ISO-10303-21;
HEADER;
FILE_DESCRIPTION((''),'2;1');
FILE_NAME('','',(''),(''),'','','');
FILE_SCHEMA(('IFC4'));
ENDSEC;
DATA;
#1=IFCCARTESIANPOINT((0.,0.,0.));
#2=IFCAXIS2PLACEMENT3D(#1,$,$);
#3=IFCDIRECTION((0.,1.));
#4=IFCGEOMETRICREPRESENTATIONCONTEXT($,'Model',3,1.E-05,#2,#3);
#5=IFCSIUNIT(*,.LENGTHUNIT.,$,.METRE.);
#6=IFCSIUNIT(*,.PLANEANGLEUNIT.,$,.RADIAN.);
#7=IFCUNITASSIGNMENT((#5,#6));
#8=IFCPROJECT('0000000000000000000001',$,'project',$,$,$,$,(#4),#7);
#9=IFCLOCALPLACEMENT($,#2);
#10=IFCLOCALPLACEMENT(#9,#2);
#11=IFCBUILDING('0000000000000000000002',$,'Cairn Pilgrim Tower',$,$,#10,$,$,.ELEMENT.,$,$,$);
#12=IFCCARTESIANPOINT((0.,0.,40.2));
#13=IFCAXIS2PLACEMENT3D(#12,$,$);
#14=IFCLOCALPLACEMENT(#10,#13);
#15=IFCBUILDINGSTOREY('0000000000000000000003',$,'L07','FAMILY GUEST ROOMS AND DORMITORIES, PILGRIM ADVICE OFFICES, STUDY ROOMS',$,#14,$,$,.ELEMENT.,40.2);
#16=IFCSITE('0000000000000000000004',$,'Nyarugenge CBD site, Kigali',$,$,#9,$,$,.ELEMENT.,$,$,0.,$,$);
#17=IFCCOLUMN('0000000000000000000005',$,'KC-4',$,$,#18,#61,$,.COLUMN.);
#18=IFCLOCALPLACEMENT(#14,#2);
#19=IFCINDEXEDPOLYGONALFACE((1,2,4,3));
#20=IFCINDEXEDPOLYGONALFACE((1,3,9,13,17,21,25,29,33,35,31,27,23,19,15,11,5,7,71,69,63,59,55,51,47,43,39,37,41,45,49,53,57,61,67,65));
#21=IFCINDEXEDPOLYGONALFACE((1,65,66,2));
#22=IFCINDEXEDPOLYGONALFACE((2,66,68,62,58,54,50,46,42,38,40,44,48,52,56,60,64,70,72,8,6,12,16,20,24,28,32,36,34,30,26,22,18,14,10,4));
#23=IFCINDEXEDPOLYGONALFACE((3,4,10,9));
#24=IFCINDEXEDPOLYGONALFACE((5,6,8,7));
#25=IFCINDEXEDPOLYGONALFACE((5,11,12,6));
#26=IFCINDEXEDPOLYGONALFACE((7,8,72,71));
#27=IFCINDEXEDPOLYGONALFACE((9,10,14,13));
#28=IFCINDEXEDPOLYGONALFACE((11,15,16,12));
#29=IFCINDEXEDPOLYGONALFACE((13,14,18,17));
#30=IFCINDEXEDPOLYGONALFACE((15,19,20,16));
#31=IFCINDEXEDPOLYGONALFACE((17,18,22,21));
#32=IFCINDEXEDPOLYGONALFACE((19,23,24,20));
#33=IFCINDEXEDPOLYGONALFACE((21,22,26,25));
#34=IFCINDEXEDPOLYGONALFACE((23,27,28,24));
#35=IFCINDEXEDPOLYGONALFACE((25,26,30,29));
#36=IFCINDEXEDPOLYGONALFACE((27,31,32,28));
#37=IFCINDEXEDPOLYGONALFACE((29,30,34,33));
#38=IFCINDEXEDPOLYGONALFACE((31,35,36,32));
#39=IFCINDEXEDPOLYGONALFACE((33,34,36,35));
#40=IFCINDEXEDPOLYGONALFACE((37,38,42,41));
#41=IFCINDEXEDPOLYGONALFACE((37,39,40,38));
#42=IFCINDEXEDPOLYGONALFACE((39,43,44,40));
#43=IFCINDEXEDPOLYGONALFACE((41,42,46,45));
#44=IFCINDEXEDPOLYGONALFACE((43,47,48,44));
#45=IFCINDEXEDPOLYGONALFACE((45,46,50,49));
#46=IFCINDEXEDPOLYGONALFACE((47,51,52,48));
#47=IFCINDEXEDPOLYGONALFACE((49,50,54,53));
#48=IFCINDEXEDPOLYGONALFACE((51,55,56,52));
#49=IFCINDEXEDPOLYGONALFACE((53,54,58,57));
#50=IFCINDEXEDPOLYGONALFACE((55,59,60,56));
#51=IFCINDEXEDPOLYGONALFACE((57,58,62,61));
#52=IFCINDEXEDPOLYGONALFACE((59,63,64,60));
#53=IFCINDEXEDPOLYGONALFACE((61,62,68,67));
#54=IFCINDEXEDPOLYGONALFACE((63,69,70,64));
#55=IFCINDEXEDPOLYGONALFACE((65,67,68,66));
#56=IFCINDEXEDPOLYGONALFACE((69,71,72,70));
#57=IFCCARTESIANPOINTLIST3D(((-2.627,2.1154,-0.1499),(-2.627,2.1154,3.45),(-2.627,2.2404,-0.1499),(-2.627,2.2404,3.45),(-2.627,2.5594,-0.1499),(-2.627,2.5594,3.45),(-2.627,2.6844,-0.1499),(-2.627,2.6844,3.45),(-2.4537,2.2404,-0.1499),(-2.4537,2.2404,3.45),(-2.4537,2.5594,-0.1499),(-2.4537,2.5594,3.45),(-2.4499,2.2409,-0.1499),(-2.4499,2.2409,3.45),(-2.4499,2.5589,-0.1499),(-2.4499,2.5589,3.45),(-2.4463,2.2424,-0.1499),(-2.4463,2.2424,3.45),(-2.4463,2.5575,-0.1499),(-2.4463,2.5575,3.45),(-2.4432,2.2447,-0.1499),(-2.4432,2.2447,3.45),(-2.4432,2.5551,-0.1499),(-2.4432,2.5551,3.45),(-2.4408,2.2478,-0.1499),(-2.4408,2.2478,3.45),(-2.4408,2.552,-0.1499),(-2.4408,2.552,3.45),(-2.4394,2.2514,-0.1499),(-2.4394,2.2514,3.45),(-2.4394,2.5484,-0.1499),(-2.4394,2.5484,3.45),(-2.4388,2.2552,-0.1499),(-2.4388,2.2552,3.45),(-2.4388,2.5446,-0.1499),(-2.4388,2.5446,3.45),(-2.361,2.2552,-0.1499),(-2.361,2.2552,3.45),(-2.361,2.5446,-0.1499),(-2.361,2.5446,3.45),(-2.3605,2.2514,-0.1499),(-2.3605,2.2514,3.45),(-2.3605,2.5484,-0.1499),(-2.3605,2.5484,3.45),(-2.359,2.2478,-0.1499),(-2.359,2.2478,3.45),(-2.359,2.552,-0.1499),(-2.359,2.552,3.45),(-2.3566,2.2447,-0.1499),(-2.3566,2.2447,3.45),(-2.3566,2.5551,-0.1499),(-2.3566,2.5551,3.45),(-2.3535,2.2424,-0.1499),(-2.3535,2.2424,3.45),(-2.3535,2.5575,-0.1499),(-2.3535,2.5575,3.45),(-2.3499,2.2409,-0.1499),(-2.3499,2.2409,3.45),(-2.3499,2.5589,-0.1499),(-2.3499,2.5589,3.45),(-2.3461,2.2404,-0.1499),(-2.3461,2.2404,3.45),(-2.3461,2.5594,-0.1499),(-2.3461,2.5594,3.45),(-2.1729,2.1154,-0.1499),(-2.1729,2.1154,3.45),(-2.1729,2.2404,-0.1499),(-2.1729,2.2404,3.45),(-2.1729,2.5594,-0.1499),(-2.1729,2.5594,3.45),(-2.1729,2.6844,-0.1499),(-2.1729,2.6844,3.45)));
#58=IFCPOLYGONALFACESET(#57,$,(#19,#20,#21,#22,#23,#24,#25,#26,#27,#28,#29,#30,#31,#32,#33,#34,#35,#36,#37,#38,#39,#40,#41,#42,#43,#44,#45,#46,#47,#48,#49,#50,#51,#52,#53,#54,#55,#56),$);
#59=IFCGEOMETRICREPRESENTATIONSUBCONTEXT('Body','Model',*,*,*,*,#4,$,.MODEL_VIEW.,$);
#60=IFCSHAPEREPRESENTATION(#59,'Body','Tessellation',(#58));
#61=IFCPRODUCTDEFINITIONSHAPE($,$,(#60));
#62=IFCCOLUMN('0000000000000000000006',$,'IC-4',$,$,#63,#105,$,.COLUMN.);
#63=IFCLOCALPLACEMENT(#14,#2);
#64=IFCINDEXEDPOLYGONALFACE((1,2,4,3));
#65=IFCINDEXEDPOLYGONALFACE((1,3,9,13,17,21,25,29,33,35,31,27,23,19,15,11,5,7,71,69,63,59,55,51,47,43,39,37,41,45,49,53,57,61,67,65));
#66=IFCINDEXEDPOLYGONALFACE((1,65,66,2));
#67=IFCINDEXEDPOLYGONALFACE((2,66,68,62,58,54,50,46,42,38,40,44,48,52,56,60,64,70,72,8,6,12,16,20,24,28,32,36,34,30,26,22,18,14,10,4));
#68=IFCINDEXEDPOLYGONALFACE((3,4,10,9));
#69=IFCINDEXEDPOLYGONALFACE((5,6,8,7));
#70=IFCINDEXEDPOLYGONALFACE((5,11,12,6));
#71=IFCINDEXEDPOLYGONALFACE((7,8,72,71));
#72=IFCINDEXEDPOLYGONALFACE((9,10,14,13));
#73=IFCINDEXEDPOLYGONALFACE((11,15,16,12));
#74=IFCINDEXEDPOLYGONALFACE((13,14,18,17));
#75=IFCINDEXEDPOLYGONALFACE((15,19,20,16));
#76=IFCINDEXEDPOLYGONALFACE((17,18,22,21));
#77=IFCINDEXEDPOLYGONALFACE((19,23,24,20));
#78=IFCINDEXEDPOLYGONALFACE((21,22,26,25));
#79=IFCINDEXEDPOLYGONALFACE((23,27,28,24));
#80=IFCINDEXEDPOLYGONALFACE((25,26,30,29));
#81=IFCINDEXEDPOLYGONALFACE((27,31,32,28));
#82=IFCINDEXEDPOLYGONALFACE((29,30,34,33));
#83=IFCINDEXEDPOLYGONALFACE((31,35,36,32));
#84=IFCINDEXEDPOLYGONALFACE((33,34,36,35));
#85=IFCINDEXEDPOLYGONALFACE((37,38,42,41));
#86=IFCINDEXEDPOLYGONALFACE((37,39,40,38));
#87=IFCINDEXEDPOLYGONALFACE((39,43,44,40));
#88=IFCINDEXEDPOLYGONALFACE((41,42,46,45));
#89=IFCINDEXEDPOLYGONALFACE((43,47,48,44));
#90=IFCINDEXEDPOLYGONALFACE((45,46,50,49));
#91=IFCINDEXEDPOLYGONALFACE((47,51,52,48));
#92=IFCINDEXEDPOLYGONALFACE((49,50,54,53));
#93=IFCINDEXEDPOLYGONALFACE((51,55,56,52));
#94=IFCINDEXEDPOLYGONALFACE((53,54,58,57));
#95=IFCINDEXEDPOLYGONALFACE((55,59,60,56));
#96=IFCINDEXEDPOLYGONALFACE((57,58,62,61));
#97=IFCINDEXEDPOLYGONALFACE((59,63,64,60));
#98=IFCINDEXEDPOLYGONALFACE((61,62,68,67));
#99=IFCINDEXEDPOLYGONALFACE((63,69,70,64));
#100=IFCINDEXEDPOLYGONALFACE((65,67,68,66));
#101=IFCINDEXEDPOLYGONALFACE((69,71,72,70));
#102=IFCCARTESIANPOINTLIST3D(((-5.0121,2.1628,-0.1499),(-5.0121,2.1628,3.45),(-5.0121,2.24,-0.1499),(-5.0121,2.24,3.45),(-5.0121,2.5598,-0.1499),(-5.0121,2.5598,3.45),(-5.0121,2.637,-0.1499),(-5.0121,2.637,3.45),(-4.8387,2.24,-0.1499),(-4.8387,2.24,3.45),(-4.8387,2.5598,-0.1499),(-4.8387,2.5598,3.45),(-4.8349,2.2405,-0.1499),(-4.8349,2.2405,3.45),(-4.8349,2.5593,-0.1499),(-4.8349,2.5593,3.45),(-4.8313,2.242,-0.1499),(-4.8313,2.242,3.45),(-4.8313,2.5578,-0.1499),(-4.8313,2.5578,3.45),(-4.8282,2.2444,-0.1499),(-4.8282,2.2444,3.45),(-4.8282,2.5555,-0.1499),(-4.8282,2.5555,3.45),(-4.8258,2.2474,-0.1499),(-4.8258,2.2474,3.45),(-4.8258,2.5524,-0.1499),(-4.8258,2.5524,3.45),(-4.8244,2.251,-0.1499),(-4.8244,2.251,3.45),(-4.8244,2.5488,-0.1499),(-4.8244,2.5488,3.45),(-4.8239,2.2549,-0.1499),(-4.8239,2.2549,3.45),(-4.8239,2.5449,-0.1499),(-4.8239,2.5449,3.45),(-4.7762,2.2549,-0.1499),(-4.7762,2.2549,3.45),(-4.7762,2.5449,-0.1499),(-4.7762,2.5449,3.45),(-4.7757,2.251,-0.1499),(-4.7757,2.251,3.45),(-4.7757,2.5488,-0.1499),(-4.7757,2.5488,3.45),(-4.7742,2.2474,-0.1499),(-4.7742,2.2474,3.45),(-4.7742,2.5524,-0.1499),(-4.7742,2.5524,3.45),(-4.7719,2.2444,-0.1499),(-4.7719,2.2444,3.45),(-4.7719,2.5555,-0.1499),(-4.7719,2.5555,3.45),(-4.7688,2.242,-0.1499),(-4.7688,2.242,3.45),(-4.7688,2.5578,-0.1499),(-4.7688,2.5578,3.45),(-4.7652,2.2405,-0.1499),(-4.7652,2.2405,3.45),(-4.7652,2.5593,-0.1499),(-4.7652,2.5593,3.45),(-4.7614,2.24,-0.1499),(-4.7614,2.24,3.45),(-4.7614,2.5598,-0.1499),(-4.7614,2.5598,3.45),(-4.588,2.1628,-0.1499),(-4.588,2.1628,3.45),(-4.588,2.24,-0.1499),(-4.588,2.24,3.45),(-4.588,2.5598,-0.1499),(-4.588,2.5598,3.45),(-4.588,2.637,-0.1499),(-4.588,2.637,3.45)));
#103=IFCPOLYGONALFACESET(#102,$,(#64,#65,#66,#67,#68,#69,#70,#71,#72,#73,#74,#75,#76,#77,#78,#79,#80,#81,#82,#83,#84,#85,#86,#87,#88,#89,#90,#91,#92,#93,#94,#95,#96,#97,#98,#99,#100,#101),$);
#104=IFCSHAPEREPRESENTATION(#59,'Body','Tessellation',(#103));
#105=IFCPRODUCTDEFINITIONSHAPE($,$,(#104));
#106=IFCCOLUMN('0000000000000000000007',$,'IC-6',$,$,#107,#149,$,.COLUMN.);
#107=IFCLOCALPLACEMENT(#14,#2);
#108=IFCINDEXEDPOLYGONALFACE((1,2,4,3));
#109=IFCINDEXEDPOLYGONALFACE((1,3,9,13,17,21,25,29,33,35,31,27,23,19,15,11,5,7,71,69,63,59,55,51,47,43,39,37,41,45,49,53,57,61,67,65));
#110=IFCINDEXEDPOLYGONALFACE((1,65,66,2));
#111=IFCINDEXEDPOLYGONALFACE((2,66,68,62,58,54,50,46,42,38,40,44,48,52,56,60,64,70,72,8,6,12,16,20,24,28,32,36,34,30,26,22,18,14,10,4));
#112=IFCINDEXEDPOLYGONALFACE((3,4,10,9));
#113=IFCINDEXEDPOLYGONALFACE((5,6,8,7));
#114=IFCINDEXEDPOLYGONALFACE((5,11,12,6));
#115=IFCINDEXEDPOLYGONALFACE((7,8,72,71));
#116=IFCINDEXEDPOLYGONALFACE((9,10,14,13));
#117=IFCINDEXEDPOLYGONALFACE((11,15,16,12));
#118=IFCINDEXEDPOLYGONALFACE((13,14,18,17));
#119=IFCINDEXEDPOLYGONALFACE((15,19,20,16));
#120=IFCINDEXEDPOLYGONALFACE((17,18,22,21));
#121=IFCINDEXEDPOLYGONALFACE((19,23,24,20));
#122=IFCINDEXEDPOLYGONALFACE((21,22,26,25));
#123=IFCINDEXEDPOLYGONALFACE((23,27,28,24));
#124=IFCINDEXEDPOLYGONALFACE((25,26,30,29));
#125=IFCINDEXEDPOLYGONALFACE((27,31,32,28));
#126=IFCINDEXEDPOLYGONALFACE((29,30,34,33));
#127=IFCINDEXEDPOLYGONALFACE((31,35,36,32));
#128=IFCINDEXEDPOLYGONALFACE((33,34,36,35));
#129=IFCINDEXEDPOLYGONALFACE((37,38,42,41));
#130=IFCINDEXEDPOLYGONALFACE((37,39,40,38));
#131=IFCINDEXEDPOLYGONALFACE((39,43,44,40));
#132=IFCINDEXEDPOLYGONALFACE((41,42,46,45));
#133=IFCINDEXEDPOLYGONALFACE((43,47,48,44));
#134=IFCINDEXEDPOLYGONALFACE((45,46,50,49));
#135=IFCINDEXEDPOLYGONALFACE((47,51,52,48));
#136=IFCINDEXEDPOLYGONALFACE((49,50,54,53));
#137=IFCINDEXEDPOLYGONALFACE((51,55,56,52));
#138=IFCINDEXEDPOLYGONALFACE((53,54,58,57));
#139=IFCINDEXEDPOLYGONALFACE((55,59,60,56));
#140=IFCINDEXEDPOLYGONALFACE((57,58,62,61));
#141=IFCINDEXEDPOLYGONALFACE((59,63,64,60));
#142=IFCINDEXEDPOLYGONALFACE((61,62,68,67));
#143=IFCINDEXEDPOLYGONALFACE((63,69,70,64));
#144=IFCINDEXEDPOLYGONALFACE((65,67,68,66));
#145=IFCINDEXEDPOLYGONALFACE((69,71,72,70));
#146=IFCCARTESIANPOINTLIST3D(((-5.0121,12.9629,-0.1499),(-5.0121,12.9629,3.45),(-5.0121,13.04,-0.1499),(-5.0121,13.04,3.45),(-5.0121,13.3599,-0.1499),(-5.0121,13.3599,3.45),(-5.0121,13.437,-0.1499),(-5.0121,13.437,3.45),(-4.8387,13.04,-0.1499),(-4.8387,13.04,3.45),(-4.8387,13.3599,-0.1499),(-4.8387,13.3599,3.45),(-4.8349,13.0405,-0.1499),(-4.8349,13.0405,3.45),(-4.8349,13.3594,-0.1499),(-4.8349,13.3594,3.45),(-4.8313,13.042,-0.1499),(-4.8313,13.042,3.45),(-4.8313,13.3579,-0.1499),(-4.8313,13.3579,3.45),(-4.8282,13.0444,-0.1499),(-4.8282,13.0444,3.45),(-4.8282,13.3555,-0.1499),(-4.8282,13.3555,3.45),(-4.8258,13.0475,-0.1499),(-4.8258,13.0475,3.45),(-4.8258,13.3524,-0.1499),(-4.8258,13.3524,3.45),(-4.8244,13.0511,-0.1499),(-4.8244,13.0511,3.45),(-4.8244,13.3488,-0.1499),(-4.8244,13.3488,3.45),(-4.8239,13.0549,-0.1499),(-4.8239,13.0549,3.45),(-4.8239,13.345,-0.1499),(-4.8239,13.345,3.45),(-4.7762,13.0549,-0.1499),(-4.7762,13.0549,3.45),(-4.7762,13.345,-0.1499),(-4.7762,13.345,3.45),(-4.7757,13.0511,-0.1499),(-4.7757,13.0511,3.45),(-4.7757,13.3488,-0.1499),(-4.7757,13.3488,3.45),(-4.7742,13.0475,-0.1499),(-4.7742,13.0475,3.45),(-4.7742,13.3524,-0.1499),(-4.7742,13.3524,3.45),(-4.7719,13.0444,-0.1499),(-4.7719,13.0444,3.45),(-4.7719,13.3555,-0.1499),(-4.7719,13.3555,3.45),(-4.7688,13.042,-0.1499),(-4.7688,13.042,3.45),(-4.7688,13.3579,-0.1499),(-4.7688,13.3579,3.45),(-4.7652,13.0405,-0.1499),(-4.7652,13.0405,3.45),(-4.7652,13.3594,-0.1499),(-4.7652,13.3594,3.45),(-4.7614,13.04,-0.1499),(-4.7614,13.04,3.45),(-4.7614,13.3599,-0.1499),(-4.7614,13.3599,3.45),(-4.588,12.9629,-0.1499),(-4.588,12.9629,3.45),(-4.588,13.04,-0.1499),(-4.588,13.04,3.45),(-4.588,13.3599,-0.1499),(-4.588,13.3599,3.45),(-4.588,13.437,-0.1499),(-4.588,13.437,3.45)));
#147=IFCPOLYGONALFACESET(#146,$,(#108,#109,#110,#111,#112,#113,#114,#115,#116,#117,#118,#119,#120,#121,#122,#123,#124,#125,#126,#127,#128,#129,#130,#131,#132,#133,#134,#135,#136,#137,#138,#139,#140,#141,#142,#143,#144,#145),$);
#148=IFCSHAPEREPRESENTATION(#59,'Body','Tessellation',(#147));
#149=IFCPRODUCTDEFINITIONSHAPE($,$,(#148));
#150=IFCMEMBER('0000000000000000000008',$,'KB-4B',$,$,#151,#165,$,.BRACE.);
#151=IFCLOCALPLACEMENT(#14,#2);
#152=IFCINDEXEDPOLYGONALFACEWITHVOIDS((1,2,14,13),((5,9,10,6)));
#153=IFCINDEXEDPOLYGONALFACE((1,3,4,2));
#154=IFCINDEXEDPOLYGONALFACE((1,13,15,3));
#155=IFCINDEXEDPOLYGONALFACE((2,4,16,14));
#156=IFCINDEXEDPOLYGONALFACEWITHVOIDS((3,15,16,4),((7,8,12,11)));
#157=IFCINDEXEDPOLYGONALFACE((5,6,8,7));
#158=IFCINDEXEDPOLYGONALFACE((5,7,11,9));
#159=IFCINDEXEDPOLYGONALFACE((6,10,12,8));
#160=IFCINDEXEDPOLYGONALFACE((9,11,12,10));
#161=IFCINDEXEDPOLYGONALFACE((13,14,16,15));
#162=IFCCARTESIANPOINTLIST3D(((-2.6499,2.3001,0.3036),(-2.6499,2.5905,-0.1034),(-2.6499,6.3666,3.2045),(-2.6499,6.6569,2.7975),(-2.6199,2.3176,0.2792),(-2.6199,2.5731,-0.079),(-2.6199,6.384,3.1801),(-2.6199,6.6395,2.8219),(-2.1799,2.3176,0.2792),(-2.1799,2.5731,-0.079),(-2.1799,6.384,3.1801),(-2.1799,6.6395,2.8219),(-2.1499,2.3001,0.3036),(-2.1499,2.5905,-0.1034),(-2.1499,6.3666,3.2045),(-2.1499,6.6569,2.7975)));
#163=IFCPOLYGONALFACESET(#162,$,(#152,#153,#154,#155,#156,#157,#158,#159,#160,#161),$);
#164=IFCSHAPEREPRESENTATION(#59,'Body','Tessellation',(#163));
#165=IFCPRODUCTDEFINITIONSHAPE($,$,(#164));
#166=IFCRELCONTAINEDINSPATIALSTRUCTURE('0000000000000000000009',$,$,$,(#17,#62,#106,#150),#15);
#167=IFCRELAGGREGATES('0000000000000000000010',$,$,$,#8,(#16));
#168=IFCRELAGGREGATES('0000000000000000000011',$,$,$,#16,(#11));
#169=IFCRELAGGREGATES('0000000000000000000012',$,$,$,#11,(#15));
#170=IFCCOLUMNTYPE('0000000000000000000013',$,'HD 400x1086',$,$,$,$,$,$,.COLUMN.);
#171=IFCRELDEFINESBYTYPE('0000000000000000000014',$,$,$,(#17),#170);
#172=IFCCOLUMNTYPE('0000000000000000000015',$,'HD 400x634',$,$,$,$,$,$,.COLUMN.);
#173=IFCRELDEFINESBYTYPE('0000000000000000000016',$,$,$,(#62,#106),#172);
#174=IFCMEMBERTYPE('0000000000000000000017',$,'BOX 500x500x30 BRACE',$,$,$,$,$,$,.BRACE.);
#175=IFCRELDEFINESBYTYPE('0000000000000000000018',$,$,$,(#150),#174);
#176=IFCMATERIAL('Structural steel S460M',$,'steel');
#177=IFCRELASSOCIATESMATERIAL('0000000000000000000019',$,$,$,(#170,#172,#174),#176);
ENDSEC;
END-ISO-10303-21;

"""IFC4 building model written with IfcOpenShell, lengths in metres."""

from ifc_helpers import new_model, si_unit, direction, frame, origin, origin_2d, place, context, subcontext, project, spatial, hollow_rectangle, i_section, extrude, material, material_profile, profile_set, type_object, element, save


model = new_model("IFC4")

# Units and contexts
model_context = context("Model", 3, precision=1e-05, world=origin(), true_north=direction((0.0, 1.0)))
body_context = subcontext(model_context, "Body", "Model", "MODEL_VIEW")
ifc_project = project(units=[si_unit("LENGTHUNIT", "METRE"), si_unit("PLANEANGLEUNIT", "RADIAN")], contexts=[model_context])

# Site, building, storey
site_placement = place(None, origin())
site = spatial("IfcSite", under=ifc_project, at=site_placement, Name="Nyarugenge CBD site, Kigali", CompositionType="ELEMENT", RefElevation=0.0)
building_placement = place(site_placement, origin())
building = spatial("IfcBuilding", under=site, at=building_placement, Name="Cairn Pilgrim Tower", CompositionType="ELEMENT")
storey_placement = place(building_placement, frame((0.0, 0.0, 40.2)))
storey = spatial("IfcBuildingStorey", under=building, at=storey_placement, Name="L07", Description="FAMILY GUEST ROOMS AND DORMITORIES, PILGRIM ADVICE OFFICES, STUDY ROOMS", CompositionType="ELEMENT", Elevation=40.2)

# Columns
ifc_material_1 = material(Name="Structural steel S460M", Category="steel")
ifc_material_profile_1 = material_profile(ifc_material_1, i_section(OverallWidth=0.4541, OverallDepth=0.5691, WebThickness=0.0779, FlangeThickness=0.125, FilletRadius=0.0149, at=origin_2d()), Name="HD 400x1086")
ifc_profile_set_1 = profile_set([ifc_material_profile_1], Name="Structural steel S460M")
column_type_1 = type_object("IfcColumnType", Name="HD 400x1086", PredefinedType="COLUMN", material=ifc_profile_set_1)
column_placement = place(storey_placement, frame((-2.3999, 2.3999, -0.1499), z_axis=(0.0, 0.0, 1.0), x_axis=(1.0, 0.0, 0.0)))
element("IfcColumn", 1, at=column_placement, inside=storey, type_object=column_type_1, Name="KC-4", PredefinedType="COLUMN", context=body_context, shape_type="SweptSolid", body=[
    extrude(i_section(OverallWidth=0.4541, OverallDepth=0.5691, WebThickness=0.0779, FlangeThickness=0.125, FilletRadius=0.0149, at=origin_2d()), origin(), (0.0, 0.0, 1.0), 3.5999),
])
ifc_material_profile_2 = material_profile(ifc_material_1, i_section(OverallWidth=0.4241, OverallDepth=0.4741, WebThickness=0.0476, FlangeThickness=0.0771, FilletRadius=0.0149, at=origin_2d()), Name="HD 400x634")
ifc_profile_set_2 = profile_set([ifc_material_profile_2], Name="Structural steel S460M")
column_type_2 = type_object("IfcColumnType", Name="HD 400x634", PredefinedType="COLUMN", material=ifc_profile_set_2)
for number, where, z_axis, x_axis, name in (
    (2, (-4.8, 2.3999, -0.1499), (0.0, 0.0, 1.0), (1.0, 0.0, 0.0), "IC-4"),
    (3, (-4.8, 13.2, -0.1499), (0.0, 0.0, 1.0), (1.0, 0.0, 0.0), "IC-6"),
):
    element("IfcColumn", number, at=place(storey_placement, frame(where, z_axis=z_axis, x_axis=x_axis)), inside=storey, type_object=column_type_2, Name=name, PredefinedType="COLUMN", context=body_context, shape_type="SweptSolid", body=[
        extrude(i_section(OverallWidth=0.4241, OverallDepth=0.4741, WebThickness=0.0476, FlangeThickness=0.0771, FilletRadius=0.0149, at=origin_2d()), origin(), (0.0, 0.0, 1.0), 3.5999),
    ])

# Member
ifc_material_profile_3 = material_profile(ifc_material_1, hollow_rectangle(XDim=0.5, YDim=0.5, WallThickness=0.03, at=origin_2d()), Name="BOX 500x500x30")
ifc_profile_set_3 = profile_set([ifc_material_profile_3], Name="Structural steel S460M")
member_type = type_object("IfcMemberType", Name="BOX 500x500x30 BRACE", PredefinedType="BRACE", material=ifc_profile_set_3)
member_placement = place(storey_placement, frame((-2.3999, 2.4453, 0.1001), z_axis=(0.0, 0.814083, 0.580748), x_axis=(-1.0, 0.0, 0.0)))
element("IfcMember", 4, at=member_placement, inside=storey, type_object=member_type, Name="KB-4B", PredefinedType="BRACE", context=body_context, shape_type="SweptSolid", body=[
    extrude(hollow_rectangle(XDim=0.5, YDim=0.5, WallThickness=0.03, at=origin_2d()), origin(), (0.0, 0.0, 1.0), 4.9951),
])

save(model, "model.ifc")
